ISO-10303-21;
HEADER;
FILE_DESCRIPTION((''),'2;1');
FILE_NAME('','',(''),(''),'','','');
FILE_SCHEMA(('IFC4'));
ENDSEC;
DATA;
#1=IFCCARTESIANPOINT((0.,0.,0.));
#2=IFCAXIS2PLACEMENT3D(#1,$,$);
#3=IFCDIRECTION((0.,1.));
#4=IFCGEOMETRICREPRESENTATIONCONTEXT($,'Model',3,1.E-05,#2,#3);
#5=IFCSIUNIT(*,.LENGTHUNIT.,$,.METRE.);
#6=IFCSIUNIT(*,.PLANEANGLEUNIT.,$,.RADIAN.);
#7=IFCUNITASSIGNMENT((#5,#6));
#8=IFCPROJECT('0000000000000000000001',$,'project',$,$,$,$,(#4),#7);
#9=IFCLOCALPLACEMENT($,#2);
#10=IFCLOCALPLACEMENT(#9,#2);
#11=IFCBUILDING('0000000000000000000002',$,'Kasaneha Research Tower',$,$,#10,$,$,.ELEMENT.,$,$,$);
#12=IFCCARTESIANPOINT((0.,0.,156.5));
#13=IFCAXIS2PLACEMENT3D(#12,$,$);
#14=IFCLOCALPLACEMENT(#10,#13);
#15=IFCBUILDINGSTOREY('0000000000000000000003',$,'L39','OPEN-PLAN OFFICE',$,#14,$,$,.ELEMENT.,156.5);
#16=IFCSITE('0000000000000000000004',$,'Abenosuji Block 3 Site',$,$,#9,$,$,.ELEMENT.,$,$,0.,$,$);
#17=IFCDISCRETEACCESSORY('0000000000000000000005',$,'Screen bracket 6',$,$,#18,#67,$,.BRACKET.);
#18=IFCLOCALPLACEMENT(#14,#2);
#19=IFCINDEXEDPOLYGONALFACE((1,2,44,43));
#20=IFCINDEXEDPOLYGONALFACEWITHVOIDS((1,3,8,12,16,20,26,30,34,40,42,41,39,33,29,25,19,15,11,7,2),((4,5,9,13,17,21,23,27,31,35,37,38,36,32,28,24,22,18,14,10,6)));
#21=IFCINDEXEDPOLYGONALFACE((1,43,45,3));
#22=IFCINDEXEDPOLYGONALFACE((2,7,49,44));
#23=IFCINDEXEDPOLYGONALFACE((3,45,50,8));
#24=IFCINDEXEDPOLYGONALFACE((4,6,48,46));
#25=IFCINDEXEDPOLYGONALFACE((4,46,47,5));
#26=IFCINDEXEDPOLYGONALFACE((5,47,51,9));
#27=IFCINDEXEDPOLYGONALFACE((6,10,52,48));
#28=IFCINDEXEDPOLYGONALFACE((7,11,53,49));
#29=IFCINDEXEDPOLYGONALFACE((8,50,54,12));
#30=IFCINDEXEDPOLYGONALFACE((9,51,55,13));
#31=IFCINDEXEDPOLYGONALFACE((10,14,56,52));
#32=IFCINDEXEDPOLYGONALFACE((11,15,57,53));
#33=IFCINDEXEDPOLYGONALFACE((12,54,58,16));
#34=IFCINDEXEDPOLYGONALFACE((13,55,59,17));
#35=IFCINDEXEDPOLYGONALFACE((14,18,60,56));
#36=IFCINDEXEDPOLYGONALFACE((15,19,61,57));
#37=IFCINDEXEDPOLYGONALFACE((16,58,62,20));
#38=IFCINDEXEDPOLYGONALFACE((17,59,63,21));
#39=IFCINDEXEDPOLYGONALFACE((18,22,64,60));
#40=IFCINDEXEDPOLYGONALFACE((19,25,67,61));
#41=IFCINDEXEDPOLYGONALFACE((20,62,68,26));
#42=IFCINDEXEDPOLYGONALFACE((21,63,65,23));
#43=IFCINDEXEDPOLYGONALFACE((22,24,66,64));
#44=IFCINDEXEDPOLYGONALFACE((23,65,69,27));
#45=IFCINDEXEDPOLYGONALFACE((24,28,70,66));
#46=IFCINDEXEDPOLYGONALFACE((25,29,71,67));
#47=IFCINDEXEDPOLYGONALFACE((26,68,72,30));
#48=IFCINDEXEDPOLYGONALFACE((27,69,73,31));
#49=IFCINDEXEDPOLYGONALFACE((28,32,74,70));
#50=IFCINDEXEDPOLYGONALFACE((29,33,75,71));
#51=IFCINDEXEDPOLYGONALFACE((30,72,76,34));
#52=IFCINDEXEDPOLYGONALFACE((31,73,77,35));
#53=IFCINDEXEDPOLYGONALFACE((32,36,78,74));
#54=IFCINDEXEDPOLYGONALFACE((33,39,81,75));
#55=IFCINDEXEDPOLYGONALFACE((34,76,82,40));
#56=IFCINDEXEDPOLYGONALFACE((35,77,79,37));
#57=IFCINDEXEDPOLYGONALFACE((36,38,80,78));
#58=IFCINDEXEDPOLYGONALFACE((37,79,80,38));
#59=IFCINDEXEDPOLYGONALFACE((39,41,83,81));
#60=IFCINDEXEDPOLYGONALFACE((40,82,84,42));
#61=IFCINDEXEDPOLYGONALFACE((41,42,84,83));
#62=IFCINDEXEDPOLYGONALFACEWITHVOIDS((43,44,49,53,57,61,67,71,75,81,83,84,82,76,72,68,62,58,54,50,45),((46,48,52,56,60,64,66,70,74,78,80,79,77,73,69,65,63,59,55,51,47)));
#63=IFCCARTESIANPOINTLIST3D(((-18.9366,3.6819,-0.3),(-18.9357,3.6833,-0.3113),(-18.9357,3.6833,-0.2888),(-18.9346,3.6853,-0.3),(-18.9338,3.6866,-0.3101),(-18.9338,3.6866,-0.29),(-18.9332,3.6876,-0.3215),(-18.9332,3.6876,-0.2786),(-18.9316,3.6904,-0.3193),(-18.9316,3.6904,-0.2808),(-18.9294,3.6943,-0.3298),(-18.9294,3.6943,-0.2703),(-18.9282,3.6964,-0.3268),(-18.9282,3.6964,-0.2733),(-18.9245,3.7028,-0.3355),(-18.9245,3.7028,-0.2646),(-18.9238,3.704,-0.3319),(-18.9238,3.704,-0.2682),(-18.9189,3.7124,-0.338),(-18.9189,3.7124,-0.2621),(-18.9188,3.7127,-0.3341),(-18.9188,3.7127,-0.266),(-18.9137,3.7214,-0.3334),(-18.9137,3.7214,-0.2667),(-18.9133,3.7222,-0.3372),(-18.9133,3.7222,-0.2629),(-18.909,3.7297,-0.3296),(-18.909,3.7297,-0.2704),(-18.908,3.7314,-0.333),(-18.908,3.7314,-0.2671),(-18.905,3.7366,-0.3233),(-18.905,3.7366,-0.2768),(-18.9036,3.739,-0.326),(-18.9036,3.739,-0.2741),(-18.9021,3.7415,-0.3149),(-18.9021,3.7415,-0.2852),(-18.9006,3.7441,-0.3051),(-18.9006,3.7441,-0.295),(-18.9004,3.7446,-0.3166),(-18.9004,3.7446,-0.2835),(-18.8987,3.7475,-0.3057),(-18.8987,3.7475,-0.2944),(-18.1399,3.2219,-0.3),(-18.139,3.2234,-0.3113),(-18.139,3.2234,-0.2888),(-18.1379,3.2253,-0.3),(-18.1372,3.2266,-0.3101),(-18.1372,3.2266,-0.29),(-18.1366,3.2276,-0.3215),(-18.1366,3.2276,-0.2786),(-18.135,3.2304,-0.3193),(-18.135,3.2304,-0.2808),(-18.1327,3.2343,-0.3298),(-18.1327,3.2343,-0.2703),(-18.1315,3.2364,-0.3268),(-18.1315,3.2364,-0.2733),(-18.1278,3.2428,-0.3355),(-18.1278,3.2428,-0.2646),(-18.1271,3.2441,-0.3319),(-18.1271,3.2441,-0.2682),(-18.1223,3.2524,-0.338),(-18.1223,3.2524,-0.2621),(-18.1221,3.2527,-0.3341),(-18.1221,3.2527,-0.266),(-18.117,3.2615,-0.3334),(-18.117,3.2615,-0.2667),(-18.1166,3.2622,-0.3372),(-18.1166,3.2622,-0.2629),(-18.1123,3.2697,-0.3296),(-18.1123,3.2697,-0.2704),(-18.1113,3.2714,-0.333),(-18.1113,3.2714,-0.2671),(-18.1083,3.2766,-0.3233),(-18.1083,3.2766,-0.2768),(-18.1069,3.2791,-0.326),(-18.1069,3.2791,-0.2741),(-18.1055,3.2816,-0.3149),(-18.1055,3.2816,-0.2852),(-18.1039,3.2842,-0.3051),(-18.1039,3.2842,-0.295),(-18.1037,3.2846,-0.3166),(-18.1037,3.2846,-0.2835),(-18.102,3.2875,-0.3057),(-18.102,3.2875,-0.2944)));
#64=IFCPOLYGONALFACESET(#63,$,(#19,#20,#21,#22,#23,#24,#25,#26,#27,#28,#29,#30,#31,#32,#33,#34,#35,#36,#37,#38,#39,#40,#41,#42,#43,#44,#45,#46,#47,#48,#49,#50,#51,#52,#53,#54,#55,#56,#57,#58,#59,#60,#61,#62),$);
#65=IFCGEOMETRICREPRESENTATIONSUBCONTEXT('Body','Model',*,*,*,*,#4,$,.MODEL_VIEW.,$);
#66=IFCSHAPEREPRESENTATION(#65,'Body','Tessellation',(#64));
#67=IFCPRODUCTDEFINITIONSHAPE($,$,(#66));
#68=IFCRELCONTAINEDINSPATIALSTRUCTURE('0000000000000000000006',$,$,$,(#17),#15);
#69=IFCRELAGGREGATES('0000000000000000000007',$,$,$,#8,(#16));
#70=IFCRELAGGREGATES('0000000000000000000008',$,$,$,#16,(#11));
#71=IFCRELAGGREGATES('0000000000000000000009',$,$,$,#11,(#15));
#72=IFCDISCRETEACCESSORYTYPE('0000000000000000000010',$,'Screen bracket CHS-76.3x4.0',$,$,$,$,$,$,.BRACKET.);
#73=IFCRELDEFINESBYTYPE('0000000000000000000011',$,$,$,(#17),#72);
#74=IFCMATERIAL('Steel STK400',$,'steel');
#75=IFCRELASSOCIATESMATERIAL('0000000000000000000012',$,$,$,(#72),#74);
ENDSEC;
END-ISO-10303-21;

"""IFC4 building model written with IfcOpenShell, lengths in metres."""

from ifc_helpers import new_model, si_unit, direction, frame, origin, origin_2d, place, context, subcontext, project, spatial, hollow_circle, extrude, material, material_profile, profile_set, type_object, element, save


model = new_model("IFC4")

# Units and contexts
model_context = context("Model", 3, precision=1e-05, world=origin(), true_north=direction((0.0, 1.0)))
body_context = subcontext(model_context, "Body", "Model", "MODEL_VIEW")
ifc_project = project(units=[si_unit("LENGTHUNIT", "METRE"), si_unit("PLANEANGLEUNIT", "RADIAN")], contexts=[model_context])

# Site, building, storey
site_placement = place(None, origin())
site = spatial("IfcSite", under=ifc_project, at=site_placement, Name="Abenosuji Block 3 Site", CompositionType="ELEMENT", RefElevation=0.0)
building_placement = place(site_placement, origin())
building = spatial("IfcBuilding", under=site, at=building_placement, Name="Kasaneha Research Tower", CompositionType="ELEMENT")
storey_placement = place(building_placement, frame((0.0, 0.0, 156.5)))
storey = spatial("IfcBuildingStorey", under=building, at=storey_placement, Name="L39", Description="OPEN-PLAN OFFICE", CompositionType="ELEMENT", Elevation=156.5)

# Discrete accessory
ifc_material_1 = material(Name="Steel STK400", Category="steel")
ifc_material_profile_1 = material_profile(ifc_material_1, hollow_circle(Radius=0.0381, WallThickness=0.0039, at=origin_2d()), Name="CHS-76.3x4.0")
ifc_profile_set_1 = profile_set([ifc_material_profile_1], Name="Steel STK400")
discrete_accessory_type = type_object("IfcDiscreteAccessoryType", Name="Screen bracket CHS-76.3x4.0", PredefinedType="BRACKET", material=ifc_profile_set_1)
for number, where, z_axis, x_axis, name in (
    (1, (-18.1208, 3.2549, -0.3), (-0.866013, 0.500021, 0.0), (-0.500021, -0.866013, 0.0), "Screen bracket 6"),
):
    element("IfcDiscreteAccessory", number, at=place(storey_placement, frame(where, z_axis=z_axis, x_axis=x_axis)), inside=storey, type_object=discrete_accessory_type, Name=name, PredefinedType="BRACKET", context=body_context, shape_type="SweptSolid", body=[
        extrude(hollow_circle(Radius=0.0381, WallThickness=0.0039, at=origin_2d()), origin(), (0.0, 0.0, 1.0), 0.9199),
    ])

save(model, "model.ifc")
